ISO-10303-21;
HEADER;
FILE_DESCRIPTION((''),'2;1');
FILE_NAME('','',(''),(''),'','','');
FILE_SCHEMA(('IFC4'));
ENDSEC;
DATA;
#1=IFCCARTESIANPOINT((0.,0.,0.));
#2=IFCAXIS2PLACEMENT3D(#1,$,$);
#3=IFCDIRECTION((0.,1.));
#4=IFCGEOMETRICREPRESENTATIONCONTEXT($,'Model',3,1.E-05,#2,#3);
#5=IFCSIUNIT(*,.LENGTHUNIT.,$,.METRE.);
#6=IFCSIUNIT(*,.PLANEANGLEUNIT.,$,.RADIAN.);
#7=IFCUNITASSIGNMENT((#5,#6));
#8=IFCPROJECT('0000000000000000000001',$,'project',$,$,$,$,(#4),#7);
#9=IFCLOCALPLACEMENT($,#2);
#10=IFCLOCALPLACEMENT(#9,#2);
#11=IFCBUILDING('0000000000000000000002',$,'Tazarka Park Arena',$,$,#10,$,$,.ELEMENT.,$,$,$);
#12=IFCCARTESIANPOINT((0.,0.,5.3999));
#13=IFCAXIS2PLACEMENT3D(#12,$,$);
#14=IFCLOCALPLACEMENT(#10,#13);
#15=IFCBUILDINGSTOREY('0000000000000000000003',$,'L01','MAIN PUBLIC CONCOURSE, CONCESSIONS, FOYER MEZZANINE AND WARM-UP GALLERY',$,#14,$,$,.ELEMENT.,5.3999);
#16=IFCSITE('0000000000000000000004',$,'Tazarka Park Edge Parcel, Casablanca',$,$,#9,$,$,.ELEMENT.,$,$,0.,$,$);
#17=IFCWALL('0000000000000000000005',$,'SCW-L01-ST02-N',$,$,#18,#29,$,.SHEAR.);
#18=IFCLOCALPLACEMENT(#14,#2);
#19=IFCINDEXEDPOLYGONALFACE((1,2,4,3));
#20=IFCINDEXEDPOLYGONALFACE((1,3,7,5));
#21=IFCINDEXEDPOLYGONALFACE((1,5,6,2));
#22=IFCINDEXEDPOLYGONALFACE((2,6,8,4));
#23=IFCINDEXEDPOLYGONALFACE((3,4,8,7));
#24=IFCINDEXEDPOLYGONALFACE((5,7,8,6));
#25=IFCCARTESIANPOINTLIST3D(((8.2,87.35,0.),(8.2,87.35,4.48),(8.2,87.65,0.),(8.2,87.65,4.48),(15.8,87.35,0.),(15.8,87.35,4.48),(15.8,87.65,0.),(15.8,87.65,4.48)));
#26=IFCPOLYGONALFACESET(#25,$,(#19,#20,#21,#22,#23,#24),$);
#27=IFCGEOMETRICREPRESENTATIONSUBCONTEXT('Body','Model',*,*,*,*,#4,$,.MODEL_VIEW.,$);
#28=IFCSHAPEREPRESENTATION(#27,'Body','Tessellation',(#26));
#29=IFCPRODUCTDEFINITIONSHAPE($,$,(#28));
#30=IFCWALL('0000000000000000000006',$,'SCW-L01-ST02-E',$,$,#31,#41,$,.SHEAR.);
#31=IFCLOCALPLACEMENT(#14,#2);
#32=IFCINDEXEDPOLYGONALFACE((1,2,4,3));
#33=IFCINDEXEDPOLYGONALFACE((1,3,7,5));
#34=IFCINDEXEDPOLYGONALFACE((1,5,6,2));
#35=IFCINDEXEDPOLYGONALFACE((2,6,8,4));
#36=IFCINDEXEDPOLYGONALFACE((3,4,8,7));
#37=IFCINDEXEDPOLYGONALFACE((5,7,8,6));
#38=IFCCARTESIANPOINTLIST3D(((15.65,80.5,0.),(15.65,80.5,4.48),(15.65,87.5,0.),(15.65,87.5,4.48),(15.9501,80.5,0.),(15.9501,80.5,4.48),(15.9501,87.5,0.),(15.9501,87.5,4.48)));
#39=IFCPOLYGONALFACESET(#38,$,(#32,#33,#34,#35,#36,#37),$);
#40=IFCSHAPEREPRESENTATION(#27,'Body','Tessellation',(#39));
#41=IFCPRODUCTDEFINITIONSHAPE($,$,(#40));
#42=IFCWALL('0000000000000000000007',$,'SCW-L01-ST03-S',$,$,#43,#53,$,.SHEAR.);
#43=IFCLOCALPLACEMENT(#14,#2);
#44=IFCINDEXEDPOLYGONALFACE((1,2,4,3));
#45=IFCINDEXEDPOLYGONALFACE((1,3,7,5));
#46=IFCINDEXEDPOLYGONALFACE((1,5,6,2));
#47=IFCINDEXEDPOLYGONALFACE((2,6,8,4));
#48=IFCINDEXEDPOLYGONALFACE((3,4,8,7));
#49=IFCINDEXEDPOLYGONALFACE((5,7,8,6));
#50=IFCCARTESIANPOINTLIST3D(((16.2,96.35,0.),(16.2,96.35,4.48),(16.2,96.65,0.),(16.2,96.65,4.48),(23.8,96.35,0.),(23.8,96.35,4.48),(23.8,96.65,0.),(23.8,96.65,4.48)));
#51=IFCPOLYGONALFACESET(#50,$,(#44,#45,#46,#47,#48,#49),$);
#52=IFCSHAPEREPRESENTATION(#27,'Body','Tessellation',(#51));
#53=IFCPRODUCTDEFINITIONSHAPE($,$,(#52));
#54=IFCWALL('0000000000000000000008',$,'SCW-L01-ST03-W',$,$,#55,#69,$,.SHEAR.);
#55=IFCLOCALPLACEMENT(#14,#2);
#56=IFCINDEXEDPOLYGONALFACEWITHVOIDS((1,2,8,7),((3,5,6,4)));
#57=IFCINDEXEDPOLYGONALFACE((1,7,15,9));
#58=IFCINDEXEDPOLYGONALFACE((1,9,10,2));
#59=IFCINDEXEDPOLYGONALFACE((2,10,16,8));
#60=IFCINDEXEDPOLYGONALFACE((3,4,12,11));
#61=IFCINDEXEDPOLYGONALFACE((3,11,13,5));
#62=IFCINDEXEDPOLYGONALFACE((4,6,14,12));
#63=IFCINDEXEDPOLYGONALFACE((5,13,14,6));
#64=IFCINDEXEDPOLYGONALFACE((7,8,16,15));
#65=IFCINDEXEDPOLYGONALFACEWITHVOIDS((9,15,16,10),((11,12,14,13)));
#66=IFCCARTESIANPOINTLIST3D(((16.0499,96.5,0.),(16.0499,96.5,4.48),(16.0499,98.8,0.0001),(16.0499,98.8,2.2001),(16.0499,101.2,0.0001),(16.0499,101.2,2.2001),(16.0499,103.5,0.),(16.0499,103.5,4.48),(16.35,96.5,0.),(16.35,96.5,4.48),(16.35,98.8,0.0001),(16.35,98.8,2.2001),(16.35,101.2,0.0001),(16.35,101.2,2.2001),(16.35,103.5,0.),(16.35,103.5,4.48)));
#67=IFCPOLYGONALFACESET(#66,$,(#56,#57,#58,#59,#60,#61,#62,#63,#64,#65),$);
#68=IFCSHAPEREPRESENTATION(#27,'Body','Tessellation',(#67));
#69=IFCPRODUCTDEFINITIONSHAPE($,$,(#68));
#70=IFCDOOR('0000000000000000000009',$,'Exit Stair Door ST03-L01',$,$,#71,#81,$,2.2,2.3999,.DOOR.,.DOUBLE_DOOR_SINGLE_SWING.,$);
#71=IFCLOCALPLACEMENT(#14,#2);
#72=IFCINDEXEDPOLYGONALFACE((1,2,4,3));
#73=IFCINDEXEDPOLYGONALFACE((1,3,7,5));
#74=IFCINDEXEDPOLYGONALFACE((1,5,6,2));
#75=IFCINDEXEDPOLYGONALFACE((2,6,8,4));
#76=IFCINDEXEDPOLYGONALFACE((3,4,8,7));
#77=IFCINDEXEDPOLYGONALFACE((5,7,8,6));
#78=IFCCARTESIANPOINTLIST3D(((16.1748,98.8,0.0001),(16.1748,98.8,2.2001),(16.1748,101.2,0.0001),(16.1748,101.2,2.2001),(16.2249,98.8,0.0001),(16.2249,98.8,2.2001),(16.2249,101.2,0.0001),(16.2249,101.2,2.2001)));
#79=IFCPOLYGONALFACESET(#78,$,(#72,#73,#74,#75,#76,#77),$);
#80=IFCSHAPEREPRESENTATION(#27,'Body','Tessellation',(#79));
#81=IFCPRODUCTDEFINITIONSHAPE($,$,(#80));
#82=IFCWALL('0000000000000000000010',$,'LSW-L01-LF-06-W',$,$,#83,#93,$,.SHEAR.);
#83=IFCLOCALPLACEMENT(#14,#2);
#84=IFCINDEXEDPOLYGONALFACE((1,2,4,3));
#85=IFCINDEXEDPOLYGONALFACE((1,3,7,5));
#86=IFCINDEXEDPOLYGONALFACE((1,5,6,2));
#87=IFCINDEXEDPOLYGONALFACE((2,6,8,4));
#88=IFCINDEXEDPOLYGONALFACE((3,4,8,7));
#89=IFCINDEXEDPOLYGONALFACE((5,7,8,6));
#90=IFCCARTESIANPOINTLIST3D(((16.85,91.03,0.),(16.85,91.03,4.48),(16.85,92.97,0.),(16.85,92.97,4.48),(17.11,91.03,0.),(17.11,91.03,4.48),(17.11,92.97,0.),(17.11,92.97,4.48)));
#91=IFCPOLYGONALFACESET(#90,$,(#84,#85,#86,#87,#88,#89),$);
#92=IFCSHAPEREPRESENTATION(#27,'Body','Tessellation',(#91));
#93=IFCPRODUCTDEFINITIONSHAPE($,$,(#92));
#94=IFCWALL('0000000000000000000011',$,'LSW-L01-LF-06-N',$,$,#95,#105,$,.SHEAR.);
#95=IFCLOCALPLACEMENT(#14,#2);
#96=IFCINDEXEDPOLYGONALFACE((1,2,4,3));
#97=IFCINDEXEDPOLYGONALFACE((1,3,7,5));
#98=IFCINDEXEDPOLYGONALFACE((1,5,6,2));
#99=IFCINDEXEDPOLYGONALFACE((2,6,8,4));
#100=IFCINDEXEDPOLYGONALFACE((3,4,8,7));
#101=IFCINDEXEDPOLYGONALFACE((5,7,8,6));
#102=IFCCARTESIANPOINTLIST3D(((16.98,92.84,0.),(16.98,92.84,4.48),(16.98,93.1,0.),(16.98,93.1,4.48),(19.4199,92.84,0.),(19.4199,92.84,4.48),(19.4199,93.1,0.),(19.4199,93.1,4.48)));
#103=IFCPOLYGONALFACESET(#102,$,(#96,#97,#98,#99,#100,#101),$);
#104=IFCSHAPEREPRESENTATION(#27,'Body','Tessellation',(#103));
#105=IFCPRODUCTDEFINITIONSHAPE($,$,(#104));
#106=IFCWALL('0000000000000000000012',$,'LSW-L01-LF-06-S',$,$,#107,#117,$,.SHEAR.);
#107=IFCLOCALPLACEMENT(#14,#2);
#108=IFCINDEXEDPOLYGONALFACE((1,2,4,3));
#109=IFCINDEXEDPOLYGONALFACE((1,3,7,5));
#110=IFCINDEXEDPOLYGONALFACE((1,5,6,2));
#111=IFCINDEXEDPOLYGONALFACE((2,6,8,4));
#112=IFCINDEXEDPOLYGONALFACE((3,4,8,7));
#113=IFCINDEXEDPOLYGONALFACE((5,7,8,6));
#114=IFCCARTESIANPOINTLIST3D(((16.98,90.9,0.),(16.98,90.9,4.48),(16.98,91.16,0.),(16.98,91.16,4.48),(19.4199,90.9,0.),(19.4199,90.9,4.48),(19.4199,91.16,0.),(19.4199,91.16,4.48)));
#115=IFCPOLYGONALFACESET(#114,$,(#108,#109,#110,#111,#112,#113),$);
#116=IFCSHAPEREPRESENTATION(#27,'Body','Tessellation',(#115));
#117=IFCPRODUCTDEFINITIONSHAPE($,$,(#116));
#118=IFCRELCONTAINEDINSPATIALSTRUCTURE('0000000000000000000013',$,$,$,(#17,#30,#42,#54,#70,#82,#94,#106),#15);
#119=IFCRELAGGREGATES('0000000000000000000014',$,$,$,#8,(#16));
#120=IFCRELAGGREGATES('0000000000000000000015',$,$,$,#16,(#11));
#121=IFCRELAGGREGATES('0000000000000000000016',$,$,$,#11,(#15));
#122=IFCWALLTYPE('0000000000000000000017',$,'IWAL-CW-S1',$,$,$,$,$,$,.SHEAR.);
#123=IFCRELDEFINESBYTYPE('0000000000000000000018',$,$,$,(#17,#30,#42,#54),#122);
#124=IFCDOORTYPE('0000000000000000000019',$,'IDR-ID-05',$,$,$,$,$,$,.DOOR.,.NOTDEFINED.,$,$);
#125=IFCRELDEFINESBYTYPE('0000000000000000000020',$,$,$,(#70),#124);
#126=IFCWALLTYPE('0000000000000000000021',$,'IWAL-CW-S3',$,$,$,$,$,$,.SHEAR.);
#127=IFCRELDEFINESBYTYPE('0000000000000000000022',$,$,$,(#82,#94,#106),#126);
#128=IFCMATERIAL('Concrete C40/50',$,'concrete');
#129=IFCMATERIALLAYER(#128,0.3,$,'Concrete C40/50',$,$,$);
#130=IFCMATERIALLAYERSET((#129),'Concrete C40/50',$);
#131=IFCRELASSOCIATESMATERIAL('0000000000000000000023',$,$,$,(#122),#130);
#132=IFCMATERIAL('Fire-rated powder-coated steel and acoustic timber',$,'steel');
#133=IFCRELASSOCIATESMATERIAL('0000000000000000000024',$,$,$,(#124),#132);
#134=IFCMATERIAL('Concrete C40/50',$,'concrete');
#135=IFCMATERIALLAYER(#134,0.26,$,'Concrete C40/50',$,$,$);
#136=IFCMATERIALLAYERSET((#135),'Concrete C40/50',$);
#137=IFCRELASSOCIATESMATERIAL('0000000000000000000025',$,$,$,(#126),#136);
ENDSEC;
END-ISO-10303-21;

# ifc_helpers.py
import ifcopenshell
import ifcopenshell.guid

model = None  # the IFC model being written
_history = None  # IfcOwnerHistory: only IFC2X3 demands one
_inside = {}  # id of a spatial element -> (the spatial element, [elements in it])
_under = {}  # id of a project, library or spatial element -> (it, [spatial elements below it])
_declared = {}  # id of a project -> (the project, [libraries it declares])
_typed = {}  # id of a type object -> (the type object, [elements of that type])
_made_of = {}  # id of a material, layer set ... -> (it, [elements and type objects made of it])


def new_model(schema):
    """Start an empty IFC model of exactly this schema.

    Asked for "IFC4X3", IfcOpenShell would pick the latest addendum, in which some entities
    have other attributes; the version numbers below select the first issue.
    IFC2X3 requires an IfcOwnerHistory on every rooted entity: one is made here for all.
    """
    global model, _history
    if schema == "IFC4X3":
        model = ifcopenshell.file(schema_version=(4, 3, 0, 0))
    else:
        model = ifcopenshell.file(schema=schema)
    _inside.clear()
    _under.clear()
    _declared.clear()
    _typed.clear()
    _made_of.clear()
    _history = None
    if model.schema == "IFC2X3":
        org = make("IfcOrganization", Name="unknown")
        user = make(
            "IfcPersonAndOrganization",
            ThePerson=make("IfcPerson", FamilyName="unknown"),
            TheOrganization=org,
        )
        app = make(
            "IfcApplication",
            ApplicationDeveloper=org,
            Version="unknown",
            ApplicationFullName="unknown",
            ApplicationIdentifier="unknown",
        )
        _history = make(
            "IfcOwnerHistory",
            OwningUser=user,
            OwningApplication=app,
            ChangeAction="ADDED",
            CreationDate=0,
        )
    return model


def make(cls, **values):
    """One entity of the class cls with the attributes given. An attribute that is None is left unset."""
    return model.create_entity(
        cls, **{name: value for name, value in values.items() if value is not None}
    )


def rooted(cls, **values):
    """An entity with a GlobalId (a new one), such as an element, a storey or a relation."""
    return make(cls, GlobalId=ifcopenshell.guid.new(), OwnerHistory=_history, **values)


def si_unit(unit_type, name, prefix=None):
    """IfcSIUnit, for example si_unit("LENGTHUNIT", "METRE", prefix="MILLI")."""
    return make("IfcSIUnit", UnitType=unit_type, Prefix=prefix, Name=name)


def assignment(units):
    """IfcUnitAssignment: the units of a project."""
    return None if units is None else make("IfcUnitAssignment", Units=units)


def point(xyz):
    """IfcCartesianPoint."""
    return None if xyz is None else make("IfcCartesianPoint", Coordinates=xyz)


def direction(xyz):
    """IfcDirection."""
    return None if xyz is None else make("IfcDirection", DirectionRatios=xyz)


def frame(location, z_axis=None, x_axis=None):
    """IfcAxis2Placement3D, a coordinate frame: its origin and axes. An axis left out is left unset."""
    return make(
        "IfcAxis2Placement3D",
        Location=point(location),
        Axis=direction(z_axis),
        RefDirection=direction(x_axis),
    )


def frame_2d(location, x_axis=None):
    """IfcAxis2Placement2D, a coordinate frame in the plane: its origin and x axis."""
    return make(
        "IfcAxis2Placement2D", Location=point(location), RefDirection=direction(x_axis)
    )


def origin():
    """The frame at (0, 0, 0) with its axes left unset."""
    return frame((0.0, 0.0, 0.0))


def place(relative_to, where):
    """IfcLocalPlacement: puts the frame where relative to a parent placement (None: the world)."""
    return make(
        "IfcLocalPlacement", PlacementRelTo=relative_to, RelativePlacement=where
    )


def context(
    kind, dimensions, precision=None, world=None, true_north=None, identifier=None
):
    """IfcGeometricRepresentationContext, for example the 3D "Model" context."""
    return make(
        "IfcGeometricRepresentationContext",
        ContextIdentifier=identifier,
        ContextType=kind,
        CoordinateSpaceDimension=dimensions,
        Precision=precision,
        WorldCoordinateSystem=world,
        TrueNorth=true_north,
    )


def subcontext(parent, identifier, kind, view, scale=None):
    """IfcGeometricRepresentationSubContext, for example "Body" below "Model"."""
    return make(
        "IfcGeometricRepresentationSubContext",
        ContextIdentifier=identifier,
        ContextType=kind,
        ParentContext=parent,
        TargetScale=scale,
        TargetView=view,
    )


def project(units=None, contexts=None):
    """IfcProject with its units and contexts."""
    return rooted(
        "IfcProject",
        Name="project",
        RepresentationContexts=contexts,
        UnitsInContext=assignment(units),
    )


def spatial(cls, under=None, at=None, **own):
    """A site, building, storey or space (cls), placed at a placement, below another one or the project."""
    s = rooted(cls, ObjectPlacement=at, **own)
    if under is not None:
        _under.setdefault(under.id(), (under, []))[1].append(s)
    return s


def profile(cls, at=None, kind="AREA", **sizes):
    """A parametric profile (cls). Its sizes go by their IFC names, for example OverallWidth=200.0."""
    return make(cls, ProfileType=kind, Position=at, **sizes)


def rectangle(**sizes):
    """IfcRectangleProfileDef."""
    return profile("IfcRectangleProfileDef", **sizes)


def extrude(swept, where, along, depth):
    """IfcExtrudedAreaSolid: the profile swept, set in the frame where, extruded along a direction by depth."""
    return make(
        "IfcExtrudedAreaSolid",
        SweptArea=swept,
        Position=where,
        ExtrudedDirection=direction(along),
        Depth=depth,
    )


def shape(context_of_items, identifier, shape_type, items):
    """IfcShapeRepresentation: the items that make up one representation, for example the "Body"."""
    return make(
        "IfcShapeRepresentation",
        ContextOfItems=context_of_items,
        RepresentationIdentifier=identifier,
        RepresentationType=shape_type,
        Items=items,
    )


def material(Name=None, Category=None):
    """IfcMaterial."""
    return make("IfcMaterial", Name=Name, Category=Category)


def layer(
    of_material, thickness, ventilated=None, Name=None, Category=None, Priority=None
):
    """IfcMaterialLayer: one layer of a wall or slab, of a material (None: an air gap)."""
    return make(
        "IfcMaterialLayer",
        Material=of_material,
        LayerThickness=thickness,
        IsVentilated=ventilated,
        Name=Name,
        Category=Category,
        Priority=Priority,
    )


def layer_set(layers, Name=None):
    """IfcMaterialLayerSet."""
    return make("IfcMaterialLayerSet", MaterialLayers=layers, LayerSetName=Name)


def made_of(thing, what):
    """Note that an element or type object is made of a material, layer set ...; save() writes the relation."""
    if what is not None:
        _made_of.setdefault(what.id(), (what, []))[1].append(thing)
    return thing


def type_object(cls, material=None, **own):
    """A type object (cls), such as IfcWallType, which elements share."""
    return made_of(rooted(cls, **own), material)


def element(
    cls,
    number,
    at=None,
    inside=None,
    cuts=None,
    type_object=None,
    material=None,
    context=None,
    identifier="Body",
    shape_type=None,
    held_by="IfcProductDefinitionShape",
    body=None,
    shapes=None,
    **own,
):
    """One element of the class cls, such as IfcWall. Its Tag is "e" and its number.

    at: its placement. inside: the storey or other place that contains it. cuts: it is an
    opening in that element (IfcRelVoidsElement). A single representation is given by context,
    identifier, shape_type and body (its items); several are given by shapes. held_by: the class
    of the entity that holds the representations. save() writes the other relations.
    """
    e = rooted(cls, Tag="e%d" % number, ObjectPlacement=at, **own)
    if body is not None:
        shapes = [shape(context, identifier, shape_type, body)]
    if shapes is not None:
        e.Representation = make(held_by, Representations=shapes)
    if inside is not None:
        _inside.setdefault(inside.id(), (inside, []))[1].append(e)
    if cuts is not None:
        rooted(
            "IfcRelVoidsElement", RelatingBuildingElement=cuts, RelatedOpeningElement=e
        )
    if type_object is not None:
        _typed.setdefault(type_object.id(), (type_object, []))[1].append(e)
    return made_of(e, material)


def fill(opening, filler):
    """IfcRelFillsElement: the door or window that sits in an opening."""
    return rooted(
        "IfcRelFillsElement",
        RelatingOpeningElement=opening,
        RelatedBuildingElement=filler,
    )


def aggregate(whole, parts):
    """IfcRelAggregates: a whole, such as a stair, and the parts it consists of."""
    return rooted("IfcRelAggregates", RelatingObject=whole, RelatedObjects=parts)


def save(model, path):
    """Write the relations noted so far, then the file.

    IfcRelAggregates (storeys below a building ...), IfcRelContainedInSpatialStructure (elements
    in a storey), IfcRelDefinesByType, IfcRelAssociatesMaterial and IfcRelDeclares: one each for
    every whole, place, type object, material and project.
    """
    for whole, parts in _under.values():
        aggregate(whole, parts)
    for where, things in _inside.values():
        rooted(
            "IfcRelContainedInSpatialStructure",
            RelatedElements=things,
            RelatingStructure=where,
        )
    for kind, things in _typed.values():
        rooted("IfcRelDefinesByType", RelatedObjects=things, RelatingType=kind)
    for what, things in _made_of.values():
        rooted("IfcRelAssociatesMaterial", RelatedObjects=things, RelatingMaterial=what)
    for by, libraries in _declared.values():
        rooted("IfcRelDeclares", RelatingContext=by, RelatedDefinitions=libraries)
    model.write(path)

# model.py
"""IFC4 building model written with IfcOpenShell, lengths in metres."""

from ifc_helpers import new_model, si_unit, direction, frame, frame_2d, origin, place, context, subcontext, project, spatial, rectangle, extrude, material, layer, layer_set, type_object, element, fill, save


model = new_model("IFC4")

# Units and contexts
model_context = context("Model", 3, precision=1e-05, world=origin(), true_north=direction((0.0, 1.0)))
body_context = subcontext(model_context, "Body", "Model", "MODEL_VIEW")
ifc_project = project(units=[si_unit("LENGTHUNIT", "METRE"), si_unit("PLANEANGLEUNIT", "RADIAN")], contexts=[model_context])

# Site, building, storey
site_placement = place(None, origin())
site = spatial("IfcSite", under=ifc_project, at=site_placement, Name="Tazarka Park Edge Parcel, Casablanca", CompositionType="ELEMENT", RefElevation=0.0)
building_placement = place(site_placement, origin())
building = spatial("IfcBuilding", under=site, at=building_placement, Name="Tazarka Park Arena", CompositionType="ELEMENT")
storey_placement = place(building_placement, frame((0.0, 0.0, 5.3999)))
storey = spatial("IfcBuildingStorey", under=building, at=storey_placement, Name="L01", Description="MAIN PUBLIC CONCOURSE, CONCESSIONS, FOYER MEZZANINE AND WARM-UP GALLERY", CompositionType="ELEMENT", Elevation=5.3999)

# Shared definitions
ifc_material_1 = material(Name="Concrete C40/50", Category="concrete")
ifc_layer_1 = layer(ifc_material_1, 0.3, Name="Concrete C40/50")
ifc_layer_set_1 = layer_set([ifc_layer_1], Name="Concrete C40/50")
wall_type_1 = type_object("IfcWallType", Name="IWAL-CW-S1", PredefinedType="SHEAR", material=ifc_layer_set_1)

# Shared definitions
ifc_material_2 = material(Name="Fire-rated powder-coated steel and acoustic timber", Category="steel")
door_type_1 = type_object("IfcDoorType", Name="IDR-ID-05", OperationType="NOTDEFINED", PredefinedType="DOOR", material=ifc_material_2)

# Walls
wall_1_placement = place(storey_placement, frame((8.2, 87.5, 0.0), z_axis=(0.0, 0.0, 1.0), x_axis=(1.0, 0.0, 0.0)))
element("IfcWall", 1, at=wall_1_placement, inside=storey, type_object=wall_type_1, Name="SCW-L01-ST02-N", PredefinedType="SHEAR", context=body_context, shape_type="SweptSolid", body=[
    extrude(rectangle(XDim=7.6001, YDim=0.3, at=frame_2d((3.8, 0.0))), origin(), (0.0, 0.0, 1.0), 4.48),
])
wall_2_placement = place(storey_placement, frame((15.8, 87.5, 0.0), z_axis=(0.0, 0.0, 1.0), x_axis=(0.0, -1.0, 0.0)))
element("IfcWall", 2, at=wall_2_placement, inside=storey, type_object=wall_type_1, Name="SCW-L01-ST02-E", PredefinedType="SHEAR", context=body_context, shape_type="SweptSolid", body=[
    extrude(rectangle(XDim=7.0, YDim=0.3, at=frame_2d((3.5, 0.0))), origin(), (0.0, 0.0, 1.0), 4.48),
])
wall_3_placement = place(storey_placement, frame((23.8, 96.5, 0.0), z_axis=(0.0, 0.0, 1.0), x_axis=(-1.0, 0.0, 0.0)))
element("IfcWall", 3, at=wall_3_placement, inside=storey, type_object=wall_type_1, Name="SCW-L01-ST03-S", PredefinedType="SHEAR", context=body_context, shape_type="SweptSolid", body=[
    extrude(rectangle(XDim=7.6001, YDim=0.3, at=frame_2d((3.8, 0.0))), origin(), (0.0, 0.0, 1.0), 4.48),
])

# Wall, opening, door
wall_4_placement = place(storey_placement, frame((16.2, 96.5, 0.0), z_axis=(0.0, 0.0, 1.0), x_axis=(0.0, 1.0, 0.0)))
wall_4 = element("IfcWall", 4, at=wall_4_placement, inside=storey, type_object=wall_type_1, Name="SCW-L01-ST03-W", PredefinedType="SHEAR", context=body_context, shape_type="SweptSolid", body=[
    extrude(rectangle(XDim=7.0, YDim=0.3, at=frame_2d((3.5, 0.0))), origin(), (0.0, 0.0, 1.0), 4.48),
])
opening_1_placement = place(wall_4_placement, frame((2.3, 0.0, 0.0)))
opening_1 = element("IfcOpeningElement", 5, at=opening_1_placement, cuts=wall_4, PredefinedType="OPENING", context=body_context, shape_type="SweptSolid", body=[
    extrude(rectangle(XDim=2.3999, YDim=2.2, at=frame_2d((1.2, 1.1001))), frame((0.0, 0.1602, 0.0), z_axis=(0.0, -1.0, 0.0), x_axis=(1.0, 0.0, 0.0)), (0.0, 0.0, 1.0), 0.3201),
])
door_1_placement = place(opening_1_placement, frame((2.3999, 0.0, 0.0), z_axis=(0.0, 0.0, 1.0), x_axis=(-1.0, 0.0, 0.0)))
door_1 = element("IfcDoor", 6, at=door_1_placement, inside=storey, type_object=door_type_1, Name="Exit Stair Door ST03-L01", OperationType="DOUBLE_DOOR_SINGLE_SWING", OverallHeight=2.2, OverallWidth=2.3999, PredefinedType="DOOR", context=body_context, shape_type="SweptSolid", body=[
    extrude(rectangle(XDim=2.3999, YDim=2.2, at=frame_2d((1.2, 1.1001))), frame((0.0, 0.0249, 0.0), z_axis=(0.0, -1.0, 0.0), x_axis=(1.0, 0.0, 0.0)), (0.0, 0.0, 1.0), 0.05),
])
fill(opening_1, door_1)

# Walls
ifc_material_3 = material(Name="Concrete C40/50", Category="concrete")
ifc_layer_2 = layer(ifc_material_3, 0.26, Name="Concrete C40/50")
ifc_layer_set_2 = layer_set([ifc_layer_2], Name="Concrete C40/50")
wall_type_2 = type_object("IfcWallType", Name="IWAL-CW-S3", PredefinedType="SHEAR", material=ifc_layer_set_2)
wall_5_placement = place(storey_placement, frame((16.98, 91.03, 0.0), z_axis=(0.0, 0.0, 1.0), x_axis=(0.0, 1.0, 0.0)))
element("IfcWall", 7, at=wall_5_placement, inside=storey, type_object=wall_type_2, Name="LSW-L01-LF-06-W", PredefinedType="SHEAR", context=body_context, shape_type="SweptSolid", body=[
    extrude(rectangle(XDim=1.9399, YDim=0.26, at=frame_2d((0.97, 0.0))), origin(), (0.0, 0.0, 1.0), 4.48),
])
for number, where, z_axis, x_axis, name in (
    (8, (16.98, 92.97, 0.0), (0.0, 0.0, 1.0), (1.0, 0.0, 0.0), "LSW-L01-LF-06-N"),
    (9, (19.4199, 91.03, 0.0), (0.0, 0.0, 1.0), (-1.0, 0.0, 0.0), "LSW-L01-LF-06-S"),
):
    element("IfcWall", number, at=place(storey_placement, frame(where, z_axis=z_axis, x_axis=x_axis)), inside=storey, type_object=wall_type_2, Name=name, PredefinedType="SHEAR", context=body_context, shape_type="SweptSolid", body=[
        extrude(rectangle(XDim=2.4399, YDim=0.26, at=frame_2d((1.22, 0.0))), origin(), (0.0, 0.0, 1.0), 4.48),
    ])

save(model, "model.ifc")
